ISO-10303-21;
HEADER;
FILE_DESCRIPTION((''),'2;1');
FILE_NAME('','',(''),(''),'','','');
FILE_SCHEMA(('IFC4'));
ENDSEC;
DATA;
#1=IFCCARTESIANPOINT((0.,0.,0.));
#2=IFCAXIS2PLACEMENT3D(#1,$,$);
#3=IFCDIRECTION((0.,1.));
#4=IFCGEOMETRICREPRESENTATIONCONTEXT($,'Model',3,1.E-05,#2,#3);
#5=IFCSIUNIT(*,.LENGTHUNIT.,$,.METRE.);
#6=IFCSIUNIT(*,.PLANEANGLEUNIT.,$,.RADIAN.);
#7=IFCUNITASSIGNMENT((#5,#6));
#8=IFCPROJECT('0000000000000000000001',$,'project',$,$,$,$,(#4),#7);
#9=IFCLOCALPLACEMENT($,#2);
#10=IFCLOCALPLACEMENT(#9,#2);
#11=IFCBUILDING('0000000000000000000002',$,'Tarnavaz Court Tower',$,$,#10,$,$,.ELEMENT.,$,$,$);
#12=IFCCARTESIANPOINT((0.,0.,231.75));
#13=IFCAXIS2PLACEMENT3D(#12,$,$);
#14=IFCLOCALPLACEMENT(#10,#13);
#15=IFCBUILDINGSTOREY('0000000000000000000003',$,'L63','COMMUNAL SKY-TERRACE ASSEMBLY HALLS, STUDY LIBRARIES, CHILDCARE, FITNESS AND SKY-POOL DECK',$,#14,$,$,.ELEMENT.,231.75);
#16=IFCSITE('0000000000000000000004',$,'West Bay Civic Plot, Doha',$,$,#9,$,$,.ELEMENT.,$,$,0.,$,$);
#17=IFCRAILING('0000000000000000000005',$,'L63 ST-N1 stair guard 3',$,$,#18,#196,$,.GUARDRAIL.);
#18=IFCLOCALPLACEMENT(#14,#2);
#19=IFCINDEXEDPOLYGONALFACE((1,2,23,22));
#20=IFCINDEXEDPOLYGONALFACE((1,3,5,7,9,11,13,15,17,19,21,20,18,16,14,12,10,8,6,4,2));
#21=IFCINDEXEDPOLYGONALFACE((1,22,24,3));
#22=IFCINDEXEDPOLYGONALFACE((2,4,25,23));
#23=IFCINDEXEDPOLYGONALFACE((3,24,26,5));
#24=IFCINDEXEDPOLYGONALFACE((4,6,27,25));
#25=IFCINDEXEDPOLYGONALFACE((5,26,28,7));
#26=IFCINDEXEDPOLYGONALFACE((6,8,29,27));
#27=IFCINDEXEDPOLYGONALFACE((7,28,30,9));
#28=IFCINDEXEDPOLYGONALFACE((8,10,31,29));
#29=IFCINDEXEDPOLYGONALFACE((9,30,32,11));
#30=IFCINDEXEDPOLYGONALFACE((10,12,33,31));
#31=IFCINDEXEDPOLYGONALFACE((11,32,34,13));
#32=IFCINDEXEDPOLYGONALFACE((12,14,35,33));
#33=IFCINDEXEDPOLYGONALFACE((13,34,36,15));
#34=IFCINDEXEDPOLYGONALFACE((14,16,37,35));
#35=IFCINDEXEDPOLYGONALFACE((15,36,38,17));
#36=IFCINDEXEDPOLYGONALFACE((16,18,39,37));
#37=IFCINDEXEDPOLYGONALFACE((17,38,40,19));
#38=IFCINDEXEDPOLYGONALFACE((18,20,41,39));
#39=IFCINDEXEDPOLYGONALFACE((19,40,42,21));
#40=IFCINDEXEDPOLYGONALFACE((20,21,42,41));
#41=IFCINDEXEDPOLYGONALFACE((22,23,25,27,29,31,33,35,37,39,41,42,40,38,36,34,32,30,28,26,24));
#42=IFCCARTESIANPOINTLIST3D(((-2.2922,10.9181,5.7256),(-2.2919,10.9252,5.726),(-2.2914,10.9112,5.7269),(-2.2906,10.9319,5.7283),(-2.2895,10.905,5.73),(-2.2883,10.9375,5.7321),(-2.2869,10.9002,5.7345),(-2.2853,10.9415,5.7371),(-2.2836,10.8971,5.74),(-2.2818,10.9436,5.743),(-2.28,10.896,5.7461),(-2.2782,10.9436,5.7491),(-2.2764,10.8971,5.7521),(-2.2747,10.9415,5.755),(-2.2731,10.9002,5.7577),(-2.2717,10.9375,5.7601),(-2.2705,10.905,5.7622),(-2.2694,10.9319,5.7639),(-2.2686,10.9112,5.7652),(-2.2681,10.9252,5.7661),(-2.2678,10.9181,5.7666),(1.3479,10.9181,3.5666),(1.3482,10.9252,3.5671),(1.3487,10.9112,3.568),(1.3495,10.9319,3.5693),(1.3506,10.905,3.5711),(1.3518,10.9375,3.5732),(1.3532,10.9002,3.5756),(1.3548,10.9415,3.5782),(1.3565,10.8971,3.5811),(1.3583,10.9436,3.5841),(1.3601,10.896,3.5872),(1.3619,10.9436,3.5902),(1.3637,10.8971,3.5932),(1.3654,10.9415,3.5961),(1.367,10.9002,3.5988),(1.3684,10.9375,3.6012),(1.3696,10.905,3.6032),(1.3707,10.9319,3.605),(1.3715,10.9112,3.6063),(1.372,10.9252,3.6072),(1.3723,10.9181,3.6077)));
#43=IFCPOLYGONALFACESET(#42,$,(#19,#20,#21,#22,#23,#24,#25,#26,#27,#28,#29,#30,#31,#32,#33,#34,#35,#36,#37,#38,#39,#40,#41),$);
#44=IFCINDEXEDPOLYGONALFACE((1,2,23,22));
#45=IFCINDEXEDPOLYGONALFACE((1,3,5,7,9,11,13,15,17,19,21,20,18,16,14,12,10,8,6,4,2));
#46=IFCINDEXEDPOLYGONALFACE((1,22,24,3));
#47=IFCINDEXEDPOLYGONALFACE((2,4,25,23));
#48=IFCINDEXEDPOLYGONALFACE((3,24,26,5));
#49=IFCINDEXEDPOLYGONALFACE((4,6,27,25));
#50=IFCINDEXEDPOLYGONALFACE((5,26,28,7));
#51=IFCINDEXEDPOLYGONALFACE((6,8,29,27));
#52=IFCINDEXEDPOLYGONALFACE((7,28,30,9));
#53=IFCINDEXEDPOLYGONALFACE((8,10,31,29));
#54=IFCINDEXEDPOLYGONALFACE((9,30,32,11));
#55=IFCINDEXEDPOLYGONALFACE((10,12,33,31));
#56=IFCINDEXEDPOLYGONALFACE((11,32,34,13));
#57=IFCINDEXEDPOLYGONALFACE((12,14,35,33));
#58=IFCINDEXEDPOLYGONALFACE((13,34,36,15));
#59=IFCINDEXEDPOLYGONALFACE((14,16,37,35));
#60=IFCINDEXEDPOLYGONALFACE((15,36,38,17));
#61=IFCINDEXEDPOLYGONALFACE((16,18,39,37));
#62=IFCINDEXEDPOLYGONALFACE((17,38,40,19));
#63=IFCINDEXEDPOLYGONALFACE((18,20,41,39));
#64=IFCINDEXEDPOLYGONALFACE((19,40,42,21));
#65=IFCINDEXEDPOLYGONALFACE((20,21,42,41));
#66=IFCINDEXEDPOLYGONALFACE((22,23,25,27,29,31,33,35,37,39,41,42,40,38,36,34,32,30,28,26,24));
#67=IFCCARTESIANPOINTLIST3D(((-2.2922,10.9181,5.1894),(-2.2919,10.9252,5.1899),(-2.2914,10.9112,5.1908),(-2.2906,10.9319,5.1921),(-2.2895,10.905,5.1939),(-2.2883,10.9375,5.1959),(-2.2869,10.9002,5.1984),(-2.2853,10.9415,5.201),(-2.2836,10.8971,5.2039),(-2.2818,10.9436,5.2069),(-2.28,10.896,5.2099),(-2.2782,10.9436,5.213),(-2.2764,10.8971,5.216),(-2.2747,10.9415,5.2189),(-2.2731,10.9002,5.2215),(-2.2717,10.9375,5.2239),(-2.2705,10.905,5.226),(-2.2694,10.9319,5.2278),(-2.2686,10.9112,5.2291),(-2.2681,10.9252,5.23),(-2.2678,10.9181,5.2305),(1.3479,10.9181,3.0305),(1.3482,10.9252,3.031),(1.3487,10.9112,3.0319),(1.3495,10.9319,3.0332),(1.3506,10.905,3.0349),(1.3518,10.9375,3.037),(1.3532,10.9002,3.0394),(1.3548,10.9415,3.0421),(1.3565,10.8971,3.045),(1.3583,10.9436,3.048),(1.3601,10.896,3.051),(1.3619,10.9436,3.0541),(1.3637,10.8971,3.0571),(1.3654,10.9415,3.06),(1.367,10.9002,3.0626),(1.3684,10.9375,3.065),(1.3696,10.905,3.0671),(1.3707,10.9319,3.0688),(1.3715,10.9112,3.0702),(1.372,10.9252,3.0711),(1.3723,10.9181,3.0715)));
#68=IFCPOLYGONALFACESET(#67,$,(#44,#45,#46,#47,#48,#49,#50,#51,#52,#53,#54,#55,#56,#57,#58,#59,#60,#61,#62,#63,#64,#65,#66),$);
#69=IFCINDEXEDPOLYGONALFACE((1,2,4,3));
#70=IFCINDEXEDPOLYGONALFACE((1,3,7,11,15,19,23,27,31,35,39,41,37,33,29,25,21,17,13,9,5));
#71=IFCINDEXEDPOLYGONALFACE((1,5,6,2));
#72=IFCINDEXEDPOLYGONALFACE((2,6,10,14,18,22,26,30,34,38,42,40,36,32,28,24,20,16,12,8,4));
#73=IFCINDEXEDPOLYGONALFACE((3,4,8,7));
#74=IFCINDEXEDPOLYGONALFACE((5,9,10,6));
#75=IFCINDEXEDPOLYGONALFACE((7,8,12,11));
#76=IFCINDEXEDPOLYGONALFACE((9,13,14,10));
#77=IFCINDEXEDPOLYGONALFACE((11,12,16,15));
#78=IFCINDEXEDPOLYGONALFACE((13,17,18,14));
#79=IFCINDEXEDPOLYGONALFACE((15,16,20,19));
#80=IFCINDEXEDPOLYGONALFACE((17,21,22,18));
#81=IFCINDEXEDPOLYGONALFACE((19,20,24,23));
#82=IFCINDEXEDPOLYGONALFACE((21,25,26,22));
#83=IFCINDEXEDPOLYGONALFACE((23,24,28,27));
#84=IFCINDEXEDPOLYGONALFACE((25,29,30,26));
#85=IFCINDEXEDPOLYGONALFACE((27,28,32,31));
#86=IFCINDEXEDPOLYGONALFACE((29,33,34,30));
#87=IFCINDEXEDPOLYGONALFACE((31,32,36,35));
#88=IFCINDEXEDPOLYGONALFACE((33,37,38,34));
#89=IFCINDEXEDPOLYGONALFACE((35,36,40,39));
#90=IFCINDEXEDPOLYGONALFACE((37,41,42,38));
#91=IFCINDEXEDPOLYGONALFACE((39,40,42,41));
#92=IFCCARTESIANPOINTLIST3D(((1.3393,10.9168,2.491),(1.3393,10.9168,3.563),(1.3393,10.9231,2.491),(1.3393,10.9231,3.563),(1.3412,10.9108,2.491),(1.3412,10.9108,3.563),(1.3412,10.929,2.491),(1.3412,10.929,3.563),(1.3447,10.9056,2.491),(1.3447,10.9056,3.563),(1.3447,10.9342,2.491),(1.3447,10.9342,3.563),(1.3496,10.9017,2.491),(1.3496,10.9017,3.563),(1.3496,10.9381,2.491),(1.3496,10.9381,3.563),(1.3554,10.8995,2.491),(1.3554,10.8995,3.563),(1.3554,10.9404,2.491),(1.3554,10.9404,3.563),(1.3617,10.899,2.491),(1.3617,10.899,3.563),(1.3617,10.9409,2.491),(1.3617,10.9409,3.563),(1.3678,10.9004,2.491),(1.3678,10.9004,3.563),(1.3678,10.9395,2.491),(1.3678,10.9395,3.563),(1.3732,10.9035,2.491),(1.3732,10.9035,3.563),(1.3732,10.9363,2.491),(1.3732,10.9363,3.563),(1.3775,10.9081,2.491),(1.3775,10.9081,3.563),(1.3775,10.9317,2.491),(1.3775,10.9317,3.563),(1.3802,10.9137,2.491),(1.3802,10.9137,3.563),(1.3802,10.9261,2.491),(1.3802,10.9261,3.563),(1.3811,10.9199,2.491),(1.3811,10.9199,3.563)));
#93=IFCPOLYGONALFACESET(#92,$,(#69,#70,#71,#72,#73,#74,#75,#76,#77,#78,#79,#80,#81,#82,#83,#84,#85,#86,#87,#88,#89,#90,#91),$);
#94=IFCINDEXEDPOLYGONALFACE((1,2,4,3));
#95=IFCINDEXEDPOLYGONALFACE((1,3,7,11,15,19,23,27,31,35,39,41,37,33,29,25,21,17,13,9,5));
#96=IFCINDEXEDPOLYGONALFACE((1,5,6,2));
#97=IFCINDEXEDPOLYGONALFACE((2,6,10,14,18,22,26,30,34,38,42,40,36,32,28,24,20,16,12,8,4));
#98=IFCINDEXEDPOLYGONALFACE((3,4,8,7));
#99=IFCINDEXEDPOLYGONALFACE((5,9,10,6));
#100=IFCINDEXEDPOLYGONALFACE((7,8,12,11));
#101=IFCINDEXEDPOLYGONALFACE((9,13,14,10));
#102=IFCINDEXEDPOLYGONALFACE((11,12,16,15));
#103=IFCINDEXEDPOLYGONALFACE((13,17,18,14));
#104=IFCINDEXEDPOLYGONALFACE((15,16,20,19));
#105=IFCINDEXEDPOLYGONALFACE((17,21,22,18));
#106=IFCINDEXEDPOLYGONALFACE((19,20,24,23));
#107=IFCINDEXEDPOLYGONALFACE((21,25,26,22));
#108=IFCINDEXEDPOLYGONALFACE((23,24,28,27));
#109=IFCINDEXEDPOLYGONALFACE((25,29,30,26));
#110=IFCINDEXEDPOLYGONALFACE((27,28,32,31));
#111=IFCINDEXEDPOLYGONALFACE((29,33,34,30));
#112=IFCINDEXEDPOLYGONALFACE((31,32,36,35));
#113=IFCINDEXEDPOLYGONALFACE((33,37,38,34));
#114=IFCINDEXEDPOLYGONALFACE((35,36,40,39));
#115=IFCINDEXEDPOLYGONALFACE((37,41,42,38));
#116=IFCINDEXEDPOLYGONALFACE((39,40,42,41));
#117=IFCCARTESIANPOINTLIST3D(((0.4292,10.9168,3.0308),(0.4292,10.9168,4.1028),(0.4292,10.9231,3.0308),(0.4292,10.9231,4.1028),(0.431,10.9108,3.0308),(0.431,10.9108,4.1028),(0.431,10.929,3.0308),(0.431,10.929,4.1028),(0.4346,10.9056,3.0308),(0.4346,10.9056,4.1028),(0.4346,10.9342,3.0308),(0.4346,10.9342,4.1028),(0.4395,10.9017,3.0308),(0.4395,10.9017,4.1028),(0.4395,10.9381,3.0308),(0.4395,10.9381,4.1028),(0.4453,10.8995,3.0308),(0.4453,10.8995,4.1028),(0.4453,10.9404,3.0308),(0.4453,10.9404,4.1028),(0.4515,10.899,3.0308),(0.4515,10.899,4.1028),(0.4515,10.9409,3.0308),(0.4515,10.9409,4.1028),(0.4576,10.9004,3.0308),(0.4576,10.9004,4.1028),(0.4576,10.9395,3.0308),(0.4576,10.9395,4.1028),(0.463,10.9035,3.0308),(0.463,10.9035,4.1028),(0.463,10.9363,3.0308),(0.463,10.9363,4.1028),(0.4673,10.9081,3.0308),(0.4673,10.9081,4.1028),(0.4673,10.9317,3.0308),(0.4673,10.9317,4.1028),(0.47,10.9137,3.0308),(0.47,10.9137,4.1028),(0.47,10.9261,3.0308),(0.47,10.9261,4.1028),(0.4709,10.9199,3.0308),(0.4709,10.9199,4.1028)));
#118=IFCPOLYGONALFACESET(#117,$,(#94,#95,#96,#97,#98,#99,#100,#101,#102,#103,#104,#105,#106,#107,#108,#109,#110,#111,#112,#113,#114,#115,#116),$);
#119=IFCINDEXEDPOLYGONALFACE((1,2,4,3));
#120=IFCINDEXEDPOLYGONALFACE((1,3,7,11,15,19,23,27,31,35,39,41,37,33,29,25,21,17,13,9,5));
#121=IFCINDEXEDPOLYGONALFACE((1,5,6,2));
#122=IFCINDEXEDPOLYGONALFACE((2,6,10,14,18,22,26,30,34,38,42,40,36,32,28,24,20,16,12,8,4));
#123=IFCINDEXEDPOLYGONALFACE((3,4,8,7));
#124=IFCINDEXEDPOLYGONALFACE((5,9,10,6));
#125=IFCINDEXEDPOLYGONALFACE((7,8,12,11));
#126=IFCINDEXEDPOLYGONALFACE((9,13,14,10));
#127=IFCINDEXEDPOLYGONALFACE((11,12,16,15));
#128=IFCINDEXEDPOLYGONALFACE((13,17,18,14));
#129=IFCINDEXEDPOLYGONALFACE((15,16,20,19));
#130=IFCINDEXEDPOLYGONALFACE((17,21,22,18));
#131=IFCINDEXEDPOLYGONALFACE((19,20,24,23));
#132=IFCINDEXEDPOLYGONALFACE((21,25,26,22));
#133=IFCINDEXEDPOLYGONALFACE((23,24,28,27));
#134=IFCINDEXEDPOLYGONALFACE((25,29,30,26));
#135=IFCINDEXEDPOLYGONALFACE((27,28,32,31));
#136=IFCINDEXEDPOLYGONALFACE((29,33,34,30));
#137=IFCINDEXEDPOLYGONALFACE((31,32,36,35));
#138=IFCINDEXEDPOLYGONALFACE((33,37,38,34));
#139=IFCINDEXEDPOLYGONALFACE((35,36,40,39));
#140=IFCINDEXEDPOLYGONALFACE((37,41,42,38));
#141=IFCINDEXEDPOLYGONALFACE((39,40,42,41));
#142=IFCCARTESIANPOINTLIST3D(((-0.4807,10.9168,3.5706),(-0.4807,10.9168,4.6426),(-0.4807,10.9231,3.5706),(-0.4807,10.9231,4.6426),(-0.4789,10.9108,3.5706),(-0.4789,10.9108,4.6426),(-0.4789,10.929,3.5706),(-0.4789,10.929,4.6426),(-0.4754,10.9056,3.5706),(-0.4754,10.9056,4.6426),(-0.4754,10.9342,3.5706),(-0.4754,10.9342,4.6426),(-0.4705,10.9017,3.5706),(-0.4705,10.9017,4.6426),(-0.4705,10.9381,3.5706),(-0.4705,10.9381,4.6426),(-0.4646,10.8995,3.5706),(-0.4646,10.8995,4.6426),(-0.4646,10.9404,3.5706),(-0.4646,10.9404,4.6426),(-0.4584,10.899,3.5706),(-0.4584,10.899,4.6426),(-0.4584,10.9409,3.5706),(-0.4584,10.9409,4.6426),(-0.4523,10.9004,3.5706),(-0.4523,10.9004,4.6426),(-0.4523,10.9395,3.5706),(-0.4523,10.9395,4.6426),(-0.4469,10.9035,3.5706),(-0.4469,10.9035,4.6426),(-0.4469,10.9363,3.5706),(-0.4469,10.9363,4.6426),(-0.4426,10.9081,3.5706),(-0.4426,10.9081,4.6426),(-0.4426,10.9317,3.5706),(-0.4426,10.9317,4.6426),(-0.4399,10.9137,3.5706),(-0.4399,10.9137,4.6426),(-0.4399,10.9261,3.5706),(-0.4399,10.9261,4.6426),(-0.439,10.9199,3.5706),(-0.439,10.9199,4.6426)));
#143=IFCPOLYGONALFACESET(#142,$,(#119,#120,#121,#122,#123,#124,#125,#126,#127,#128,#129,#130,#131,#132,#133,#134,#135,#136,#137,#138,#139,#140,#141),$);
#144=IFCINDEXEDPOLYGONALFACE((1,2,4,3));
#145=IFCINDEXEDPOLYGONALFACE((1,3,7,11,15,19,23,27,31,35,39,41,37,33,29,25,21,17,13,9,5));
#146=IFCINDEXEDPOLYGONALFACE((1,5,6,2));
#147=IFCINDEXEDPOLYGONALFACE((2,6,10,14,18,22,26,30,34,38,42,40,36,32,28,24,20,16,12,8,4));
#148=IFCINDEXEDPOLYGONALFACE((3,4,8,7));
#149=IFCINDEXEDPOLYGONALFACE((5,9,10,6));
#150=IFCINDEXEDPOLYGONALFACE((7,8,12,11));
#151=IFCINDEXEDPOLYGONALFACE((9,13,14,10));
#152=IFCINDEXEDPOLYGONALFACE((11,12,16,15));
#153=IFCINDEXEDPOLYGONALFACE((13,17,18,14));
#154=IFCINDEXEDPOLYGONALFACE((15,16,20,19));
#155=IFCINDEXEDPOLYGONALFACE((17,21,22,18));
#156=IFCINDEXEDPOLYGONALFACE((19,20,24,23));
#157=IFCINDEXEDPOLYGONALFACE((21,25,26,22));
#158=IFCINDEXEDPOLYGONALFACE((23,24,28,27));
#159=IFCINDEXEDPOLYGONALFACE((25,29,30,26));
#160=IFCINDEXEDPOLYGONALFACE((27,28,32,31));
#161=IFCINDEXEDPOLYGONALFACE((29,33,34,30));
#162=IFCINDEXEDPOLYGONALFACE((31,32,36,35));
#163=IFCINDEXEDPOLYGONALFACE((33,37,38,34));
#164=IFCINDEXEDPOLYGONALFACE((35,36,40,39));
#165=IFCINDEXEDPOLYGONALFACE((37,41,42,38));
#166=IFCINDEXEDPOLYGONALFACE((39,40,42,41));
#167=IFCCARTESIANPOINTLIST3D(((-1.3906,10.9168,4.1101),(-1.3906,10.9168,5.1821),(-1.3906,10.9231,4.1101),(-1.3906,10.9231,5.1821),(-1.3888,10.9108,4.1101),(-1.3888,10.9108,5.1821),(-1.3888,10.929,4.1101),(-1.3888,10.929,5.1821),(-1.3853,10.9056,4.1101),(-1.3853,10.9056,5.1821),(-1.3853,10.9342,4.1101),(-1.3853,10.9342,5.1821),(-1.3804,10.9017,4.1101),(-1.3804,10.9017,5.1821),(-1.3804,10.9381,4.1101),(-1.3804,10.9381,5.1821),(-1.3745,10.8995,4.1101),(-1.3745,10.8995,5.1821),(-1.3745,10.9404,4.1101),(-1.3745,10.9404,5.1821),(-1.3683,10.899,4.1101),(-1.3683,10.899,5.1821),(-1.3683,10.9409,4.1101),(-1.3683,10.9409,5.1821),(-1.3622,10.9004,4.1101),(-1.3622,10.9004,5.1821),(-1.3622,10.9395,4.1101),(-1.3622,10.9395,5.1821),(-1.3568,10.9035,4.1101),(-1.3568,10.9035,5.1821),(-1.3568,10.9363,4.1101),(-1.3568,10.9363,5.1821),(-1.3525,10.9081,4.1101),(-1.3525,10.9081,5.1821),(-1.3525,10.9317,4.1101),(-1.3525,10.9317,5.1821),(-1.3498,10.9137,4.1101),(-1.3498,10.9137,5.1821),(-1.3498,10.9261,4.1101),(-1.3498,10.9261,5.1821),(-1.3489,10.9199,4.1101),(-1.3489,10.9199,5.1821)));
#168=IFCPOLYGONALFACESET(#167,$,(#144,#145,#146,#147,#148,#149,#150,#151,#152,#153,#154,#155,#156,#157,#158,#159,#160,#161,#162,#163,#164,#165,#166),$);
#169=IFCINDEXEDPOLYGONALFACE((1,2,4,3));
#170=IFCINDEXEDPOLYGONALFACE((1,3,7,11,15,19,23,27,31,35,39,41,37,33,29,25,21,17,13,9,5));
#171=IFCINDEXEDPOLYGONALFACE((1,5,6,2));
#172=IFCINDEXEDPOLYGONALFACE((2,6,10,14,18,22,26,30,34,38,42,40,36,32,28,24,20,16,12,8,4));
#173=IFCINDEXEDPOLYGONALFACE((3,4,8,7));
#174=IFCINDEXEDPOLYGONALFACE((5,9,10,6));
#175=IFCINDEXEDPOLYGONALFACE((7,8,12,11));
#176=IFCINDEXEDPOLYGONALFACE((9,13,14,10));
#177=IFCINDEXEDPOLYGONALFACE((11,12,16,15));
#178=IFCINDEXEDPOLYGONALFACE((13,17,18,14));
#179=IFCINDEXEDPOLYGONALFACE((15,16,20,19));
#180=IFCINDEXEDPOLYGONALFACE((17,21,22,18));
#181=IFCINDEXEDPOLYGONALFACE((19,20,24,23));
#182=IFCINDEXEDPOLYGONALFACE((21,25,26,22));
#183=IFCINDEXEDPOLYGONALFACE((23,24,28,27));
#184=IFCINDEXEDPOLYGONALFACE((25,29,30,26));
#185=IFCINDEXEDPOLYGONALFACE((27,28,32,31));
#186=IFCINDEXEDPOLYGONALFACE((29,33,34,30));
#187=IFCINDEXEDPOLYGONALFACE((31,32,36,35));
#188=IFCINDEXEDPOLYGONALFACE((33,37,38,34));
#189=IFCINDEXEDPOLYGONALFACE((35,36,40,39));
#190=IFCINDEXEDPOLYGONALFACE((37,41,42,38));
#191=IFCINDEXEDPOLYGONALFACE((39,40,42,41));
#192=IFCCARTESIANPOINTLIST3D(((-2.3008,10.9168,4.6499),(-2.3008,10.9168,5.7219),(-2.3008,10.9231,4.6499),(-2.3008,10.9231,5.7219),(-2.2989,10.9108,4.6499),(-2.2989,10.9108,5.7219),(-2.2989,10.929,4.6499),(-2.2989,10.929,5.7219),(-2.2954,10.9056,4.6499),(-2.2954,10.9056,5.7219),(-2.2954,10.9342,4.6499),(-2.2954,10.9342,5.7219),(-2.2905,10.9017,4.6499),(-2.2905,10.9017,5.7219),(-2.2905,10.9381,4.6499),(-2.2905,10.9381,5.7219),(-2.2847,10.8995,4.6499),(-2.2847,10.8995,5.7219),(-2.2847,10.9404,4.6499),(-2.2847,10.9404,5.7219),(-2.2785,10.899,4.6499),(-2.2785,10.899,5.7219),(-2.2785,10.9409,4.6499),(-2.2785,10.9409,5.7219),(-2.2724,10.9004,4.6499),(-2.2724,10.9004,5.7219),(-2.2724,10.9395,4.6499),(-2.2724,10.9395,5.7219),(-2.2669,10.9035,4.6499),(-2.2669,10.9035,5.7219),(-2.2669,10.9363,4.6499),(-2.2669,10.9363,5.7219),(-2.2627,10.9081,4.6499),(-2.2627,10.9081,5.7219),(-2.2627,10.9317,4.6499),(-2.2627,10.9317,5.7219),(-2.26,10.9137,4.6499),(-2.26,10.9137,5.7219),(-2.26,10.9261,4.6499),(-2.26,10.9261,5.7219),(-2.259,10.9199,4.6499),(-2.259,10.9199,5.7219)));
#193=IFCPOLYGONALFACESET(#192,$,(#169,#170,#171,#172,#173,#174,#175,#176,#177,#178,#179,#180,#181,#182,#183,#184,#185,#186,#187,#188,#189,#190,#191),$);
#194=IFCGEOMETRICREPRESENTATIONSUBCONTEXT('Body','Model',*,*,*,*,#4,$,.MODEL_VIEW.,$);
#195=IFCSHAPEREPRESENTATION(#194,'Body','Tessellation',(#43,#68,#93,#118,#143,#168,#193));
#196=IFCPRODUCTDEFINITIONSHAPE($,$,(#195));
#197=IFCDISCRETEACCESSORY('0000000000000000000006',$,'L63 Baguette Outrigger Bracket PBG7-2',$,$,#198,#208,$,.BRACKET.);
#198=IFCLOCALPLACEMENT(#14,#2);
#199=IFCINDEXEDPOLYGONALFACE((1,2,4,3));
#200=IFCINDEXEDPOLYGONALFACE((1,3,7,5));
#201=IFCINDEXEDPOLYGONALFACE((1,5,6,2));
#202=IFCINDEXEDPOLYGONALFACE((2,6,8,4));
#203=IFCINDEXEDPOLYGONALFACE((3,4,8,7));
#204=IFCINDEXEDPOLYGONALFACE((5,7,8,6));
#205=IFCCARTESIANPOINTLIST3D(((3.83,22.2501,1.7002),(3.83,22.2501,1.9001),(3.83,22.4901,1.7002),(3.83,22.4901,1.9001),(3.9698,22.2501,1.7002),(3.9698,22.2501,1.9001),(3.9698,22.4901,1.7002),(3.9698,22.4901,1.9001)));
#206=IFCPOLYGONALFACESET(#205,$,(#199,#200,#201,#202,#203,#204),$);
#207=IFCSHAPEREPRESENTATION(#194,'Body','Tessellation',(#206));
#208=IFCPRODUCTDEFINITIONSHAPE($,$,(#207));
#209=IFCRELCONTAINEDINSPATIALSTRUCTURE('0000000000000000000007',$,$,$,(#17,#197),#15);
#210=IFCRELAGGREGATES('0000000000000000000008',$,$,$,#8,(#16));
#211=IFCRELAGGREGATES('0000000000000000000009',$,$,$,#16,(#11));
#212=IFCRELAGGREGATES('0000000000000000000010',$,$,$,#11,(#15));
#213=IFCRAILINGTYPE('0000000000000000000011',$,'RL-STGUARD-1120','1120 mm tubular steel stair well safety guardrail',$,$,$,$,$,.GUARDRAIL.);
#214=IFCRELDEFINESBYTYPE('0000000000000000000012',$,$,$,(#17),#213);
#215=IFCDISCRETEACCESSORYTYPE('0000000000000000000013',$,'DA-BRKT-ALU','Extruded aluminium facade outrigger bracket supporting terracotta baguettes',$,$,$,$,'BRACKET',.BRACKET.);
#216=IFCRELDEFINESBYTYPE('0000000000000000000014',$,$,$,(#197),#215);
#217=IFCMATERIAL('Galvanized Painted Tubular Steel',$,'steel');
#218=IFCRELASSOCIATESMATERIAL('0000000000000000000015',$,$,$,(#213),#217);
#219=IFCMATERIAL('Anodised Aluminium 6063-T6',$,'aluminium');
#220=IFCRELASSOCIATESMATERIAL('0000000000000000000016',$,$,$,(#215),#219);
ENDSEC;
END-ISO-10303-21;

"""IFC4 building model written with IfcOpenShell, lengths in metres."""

from ifc_helpers import new_model, si_unit, direction, frame, origin, origin_2d, place, context, subcontext, project, spatial, rectangle, circle, extrude, material, type_object, element, save


model = new_model("IFC4")

# Units and contexts
model_context = context("Model", 3, precision=1e-05, world=origin(), true_north=direction((0.0, 1.0)))
body_context = subcontext(model_context, "Body", "Model", "MODEL_VIEW")
ifc_project = project(units=[si_unit("LENGTHUNIT", "METRE"), si_unit("PLANEANGLEUNIT", "RADIAN")], contexts=[model_context])

# Site, building, storey
site_placement = place(None, origin())
site = spatial("IfcSite", under=ifc_project, at=site_placement, Name="West Bay Civic Plot, Doha", CompositionType="ELEMENT", RefElevation=0.0)
building_placement = place(site_placement, origin())
building = spatial("IfcBuilding", under=site, at=building_placement, Name="Tarnavaz Court Tower", CompositionType="ELEMENT")
storey_placement = place(building_placement, frame((0.0, 0.0, 231.75)))
storey = spatial("IfcBuildingStorey", under=building, at=storey_placement, Name="L63", Description="COMMUNAL SKY-TERRACE ASSEMBLY HALLS, STUDY LIBRARIES, CHILDCARE, FITNESS AND SKY-POOL DECK", CompositionType="ELEMENT", Elevation=231.75)

# Shared definitions
ifc_material_1 = material(Name="Anodised Aluminium 6063-T6", Category="aluminium")

# Railing
ifc_material_2 = material(Name="Galvanized Painted Tubular Steel", Category="steel")
railing_type_1 = type_object("IfcRailingType", Name="RL-STGUARD-1120", Description="1120 mm tubular steel stair well safety guardrail", PredefinedType="GUARDRAIL", material=ifc_material_2)
railing_1_placement = place(storey_placement, frame((1.3601, 10.9199, 2.491)))
element("IfcRailing", 1, at=railing_1_placement, inside=storey, type_object=railing_type_1, Name="L63 ST-N1 stair guard 3", PredefinedType="GUARDRAIL", context=body_context, shape_type="SweptSolid", body=[
    extrude(circle(Radius=0.0239, at=origin_2d()), frame((0.0, 0.0, 1.0962), z_axis=(-0.860103, 0.0, 0.51012), x_axis=(0.0, -1.0, 0.0)), (0.0, 0.0, 1.0), 4.2322),
    extrude(circle(Radius=0.0239, at=origin_2d()), frame((0.0, 0.0, 0.5601), z_axis=(-0.860103, 0.0, 0.51012), x_axis=(0.0, -1.0, 0.0)), (0.0, 0.0, 1.0), 4.2322),
    extrude(circle(Radius=0.021, at=origin_2d()), origin(), (0.0, 0.0, 1.0), 1.072),
    extrude(circle(Radius=0.021, at=origin_2d()), frame((-0.9102, 0.0, 0.5398)), (0.0, 0.0, 1.0), 1.072),
    extrude(circle(Radius=0.021, at=origin_2d()), frame((-1.8201, 0.0, 1.0796)), (0.0, 0.0, 1.0), 1.072),
    extrude(circle(Radius=0.021, at=origin_2d()), frame((-2.73, 0.0, 1.6191)), (0.0, 0.0, 1.0), 1.072),
    extrude(circle(Radius=0.021, at=origin_2d()), frame((-3.6401, 0.0, 2.1589)), (0.0, 0.0, 1.0), 1.072),
])

# Discrete accessory
discrete_accessory_type = type_object("IfcDiscreteAccessoryType", Name="DA-BRKT-ALU", Description="Extruded aluminium facade outrigger bracket supporting terracotta baguettes", ElementType="BRACKET", PredefinedType="BRACKET", material=ifc_material_1)
discrete_accessory_placement = place(storey_placement, frame((3.8999, 22.3701, 1.7002), z_axis=(0.0, 0.0, 1.0), x_axis=(1.0, 0.0, 0.0)))
element("IfcDiscreteAccessory", 2, at=discrete_accessory_placement, inside=storey, type_object=discrete_accessory_type, Name="L63 Baguette Outrigger Bracket PBG7-2", PredefinedType="BRACKET", context=body_context, shape_type="SweptSolid", body=[
    extrude(rectangle(XDim=0.1399, YDim=0.24, at=origin_2d()), origin(), (0.0, 0.0, 1.0), 0.2),
])

save(model, "model.ifc")
